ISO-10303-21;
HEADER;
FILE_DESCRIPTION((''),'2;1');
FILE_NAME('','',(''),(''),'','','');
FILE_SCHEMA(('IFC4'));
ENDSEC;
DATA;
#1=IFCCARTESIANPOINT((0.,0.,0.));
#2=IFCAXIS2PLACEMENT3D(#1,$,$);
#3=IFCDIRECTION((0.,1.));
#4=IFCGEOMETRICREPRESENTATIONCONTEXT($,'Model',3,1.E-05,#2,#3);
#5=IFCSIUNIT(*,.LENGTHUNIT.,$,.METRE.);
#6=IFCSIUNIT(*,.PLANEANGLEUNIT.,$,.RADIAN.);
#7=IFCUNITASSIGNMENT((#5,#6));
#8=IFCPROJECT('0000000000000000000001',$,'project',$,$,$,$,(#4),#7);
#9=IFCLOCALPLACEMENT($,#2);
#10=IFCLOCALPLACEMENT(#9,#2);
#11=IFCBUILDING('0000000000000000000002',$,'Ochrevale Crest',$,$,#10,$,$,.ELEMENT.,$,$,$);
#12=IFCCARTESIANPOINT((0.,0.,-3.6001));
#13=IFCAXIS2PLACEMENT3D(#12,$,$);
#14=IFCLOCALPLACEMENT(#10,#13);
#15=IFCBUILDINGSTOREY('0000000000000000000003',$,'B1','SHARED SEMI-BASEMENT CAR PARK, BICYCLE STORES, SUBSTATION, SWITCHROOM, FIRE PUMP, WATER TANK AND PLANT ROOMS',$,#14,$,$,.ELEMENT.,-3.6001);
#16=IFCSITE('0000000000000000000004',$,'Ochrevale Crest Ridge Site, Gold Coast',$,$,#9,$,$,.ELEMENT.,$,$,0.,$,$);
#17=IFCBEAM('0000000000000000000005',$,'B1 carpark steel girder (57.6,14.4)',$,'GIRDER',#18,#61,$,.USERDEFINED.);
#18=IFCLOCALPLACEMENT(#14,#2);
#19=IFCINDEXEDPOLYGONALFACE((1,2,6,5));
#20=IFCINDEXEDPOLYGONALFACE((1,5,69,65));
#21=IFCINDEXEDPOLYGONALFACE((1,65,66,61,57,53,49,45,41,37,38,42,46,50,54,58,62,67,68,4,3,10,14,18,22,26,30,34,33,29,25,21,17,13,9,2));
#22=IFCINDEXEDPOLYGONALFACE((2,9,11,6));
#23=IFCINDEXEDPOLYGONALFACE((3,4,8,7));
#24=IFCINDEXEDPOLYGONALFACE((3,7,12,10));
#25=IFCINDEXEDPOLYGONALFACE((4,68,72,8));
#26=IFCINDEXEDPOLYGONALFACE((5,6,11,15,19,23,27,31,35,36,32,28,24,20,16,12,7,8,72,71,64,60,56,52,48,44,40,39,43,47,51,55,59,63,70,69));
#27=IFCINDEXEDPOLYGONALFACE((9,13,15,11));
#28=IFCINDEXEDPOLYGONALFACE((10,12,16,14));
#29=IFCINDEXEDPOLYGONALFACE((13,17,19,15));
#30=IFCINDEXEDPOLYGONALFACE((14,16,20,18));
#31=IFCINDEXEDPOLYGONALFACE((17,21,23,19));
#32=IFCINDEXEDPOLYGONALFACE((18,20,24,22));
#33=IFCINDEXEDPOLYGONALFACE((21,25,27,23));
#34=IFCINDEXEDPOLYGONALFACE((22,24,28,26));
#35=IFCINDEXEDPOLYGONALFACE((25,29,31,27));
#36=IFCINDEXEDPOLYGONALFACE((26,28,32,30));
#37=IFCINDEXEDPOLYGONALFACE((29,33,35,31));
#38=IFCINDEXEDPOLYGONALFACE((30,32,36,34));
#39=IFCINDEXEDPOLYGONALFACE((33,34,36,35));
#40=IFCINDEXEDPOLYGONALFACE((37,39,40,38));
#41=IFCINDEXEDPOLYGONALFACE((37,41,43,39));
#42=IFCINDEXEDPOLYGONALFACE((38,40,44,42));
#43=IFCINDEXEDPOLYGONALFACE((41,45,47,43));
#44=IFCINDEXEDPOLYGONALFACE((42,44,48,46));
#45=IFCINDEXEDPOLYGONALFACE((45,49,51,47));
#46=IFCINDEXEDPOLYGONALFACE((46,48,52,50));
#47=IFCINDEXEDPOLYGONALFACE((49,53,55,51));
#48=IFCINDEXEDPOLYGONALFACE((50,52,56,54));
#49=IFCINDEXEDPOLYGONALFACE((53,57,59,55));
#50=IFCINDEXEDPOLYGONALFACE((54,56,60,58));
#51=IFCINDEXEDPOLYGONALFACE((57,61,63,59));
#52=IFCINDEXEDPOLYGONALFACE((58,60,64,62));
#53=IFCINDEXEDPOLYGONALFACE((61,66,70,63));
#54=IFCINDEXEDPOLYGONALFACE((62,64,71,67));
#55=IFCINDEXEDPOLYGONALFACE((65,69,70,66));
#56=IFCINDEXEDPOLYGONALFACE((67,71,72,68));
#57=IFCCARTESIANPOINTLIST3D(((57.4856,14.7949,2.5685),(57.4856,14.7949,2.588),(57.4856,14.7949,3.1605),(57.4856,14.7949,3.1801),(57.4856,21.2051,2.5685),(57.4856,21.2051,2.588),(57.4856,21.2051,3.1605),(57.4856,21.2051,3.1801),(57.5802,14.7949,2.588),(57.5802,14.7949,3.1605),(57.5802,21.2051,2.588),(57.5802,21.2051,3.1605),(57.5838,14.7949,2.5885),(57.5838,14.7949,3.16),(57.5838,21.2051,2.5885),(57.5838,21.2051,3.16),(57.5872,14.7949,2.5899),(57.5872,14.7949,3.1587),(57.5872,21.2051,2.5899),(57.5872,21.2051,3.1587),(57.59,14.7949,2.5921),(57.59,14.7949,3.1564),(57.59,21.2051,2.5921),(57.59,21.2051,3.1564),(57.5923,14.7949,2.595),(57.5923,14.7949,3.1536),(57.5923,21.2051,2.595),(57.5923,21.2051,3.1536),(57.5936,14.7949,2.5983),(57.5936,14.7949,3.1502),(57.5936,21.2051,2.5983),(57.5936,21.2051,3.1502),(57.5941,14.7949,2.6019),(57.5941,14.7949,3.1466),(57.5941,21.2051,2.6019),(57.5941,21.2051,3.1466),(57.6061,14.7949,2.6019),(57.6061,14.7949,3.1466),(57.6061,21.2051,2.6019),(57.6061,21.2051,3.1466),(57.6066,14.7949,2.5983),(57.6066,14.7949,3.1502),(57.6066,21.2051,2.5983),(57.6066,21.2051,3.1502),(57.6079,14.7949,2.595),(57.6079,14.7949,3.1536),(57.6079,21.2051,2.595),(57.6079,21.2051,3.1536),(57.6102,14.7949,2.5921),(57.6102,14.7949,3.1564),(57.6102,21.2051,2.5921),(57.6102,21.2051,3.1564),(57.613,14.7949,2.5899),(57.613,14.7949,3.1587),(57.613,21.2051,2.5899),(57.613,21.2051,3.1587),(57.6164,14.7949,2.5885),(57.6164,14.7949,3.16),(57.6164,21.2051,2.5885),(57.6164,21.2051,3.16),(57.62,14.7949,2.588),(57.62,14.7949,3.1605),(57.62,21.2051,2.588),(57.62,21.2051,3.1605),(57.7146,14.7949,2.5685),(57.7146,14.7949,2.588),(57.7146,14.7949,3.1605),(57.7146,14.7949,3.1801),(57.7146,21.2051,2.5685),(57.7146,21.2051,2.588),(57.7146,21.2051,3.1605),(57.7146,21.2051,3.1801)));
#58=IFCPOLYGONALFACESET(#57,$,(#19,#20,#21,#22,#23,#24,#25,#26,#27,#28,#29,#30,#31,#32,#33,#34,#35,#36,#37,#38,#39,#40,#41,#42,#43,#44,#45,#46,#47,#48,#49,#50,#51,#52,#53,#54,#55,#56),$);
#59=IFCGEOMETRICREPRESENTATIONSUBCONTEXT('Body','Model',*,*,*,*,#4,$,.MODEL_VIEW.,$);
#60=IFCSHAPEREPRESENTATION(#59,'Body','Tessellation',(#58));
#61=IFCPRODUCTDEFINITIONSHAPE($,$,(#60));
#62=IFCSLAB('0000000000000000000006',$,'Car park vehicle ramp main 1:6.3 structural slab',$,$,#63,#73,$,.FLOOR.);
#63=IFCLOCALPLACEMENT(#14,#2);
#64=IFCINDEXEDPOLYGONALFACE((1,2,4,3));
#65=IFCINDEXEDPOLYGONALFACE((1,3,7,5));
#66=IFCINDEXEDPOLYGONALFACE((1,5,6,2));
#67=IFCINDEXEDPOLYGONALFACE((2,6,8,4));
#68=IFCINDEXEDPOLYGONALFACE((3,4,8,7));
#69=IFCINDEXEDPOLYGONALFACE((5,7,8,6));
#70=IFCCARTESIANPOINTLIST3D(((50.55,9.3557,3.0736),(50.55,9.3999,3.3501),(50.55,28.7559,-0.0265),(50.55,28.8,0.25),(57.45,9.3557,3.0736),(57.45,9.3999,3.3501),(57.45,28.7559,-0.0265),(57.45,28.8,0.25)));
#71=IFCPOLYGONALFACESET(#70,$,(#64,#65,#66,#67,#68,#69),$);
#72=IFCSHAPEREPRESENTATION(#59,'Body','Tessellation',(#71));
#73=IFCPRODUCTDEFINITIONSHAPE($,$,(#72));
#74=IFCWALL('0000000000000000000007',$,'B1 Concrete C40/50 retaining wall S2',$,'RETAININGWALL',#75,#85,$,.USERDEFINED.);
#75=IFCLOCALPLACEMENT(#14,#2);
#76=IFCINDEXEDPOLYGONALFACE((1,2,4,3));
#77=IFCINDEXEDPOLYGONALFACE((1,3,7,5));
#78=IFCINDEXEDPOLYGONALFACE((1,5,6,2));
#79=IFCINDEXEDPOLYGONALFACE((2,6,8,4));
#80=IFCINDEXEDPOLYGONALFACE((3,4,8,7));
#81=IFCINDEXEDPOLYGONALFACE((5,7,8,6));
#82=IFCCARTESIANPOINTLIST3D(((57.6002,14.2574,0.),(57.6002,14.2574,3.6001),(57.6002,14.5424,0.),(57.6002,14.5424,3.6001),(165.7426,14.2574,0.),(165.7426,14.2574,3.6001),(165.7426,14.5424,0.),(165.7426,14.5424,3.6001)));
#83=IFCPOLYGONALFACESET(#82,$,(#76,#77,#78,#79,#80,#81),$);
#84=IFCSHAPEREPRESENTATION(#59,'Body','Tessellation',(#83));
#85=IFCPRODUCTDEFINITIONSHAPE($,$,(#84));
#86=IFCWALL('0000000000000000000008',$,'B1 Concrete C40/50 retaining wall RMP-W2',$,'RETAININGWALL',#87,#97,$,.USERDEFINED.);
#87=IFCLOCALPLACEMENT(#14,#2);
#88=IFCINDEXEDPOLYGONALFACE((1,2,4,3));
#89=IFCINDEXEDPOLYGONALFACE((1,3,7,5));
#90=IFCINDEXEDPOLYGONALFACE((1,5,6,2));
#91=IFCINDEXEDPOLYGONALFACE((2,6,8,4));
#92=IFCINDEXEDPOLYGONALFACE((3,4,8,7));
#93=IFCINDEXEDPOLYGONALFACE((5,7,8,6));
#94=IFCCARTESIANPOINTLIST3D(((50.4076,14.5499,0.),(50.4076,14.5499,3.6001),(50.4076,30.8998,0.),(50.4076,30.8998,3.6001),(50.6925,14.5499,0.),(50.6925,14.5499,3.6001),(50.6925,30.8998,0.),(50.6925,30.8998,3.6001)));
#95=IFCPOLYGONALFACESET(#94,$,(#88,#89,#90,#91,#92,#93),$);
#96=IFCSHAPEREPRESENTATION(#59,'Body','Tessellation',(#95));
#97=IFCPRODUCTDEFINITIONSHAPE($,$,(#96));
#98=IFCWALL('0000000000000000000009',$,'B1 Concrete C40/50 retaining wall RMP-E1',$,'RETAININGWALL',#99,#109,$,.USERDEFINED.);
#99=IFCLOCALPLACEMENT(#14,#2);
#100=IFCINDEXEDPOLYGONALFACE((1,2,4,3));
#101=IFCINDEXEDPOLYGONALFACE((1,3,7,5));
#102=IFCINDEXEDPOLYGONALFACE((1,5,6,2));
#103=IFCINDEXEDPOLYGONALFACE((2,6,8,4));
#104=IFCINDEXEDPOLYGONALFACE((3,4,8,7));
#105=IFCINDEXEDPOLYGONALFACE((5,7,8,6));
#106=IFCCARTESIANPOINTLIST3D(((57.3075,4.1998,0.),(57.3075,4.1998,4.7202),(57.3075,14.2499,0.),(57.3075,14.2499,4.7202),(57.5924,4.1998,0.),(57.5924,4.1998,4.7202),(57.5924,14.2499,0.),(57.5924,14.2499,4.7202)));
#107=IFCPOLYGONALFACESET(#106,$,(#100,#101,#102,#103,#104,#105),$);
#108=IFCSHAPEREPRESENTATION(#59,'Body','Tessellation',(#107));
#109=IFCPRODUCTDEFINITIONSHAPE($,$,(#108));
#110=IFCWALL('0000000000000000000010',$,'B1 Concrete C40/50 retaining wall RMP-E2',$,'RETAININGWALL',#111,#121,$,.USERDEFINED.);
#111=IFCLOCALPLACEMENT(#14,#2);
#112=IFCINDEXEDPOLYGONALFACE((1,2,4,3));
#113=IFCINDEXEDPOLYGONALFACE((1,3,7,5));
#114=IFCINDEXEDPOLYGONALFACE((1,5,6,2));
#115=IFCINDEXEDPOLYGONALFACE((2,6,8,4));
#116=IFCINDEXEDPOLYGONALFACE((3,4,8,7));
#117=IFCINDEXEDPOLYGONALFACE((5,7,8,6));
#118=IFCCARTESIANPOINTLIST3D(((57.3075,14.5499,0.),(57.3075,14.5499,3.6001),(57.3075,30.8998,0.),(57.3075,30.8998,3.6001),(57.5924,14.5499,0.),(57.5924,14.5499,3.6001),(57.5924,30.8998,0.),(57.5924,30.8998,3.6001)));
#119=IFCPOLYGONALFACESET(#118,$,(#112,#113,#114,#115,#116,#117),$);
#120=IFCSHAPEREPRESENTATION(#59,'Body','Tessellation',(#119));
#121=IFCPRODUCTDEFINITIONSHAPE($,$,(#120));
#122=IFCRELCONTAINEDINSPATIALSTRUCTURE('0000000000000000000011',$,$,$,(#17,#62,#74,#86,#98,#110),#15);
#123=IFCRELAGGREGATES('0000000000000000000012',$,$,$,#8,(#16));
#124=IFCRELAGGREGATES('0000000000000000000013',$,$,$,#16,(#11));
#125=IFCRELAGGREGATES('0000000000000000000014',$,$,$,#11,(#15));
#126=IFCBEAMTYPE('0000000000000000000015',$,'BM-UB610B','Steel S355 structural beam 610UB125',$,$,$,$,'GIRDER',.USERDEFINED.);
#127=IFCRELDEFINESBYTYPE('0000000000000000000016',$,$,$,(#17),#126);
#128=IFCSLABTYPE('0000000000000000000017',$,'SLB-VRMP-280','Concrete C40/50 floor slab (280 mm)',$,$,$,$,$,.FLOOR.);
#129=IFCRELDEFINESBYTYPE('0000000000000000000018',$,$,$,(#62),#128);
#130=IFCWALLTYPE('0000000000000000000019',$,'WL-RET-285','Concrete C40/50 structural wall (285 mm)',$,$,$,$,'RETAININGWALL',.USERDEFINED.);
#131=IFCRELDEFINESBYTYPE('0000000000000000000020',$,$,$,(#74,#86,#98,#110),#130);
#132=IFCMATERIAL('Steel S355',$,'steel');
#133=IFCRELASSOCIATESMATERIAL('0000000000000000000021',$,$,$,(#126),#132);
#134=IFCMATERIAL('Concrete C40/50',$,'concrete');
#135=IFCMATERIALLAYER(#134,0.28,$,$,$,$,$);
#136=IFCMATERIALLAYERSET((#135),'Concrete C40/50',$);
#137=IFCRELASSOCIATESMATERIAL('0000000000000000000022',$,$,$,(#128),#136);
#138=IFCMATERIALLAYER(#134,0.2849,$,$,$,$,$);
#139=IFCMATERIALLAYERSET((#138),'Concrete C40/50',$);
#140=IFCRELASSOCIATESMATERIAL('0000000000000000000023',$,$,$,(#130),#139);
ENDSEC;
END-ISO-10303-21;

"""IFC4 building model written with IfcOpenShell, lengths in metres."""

from ifc_helpers import new_model, si_unit, direction, frame, frame_2d, origin, origin_2d, place, context, subcontext, project, spatial, polyline, rectangle, i_section, outline, extrude, material, layer, layer_set, material_profile, profile_set, type_object, element, save


model = new_model("IFC4")

# Units and contexts
model_context = context("Model", 3, precision=1e-05, world=origin(), true_north=direction((0.0, 1.0)))
body_context = subcontext(model_context, "Body", "Model", "MODEL_VIEW")
ifc_project = project(units=[si_unit("LENGTHUNIT", "METRE"), si_unit("PLANEANGLEUNIT", "RADIAN")], contexts=[model_context])

# Site, building, storey
site_placement = place(None, origin())
site = spatial("IfcSite", under=ifc_project, at=site_placement, Name="Ochrevale Crest Ridge Site, Gold Coast", CompositionType="ELEMENT", RefElevation=0.0)
building_placement = place(site_placement, origin())
building = spatial("IfcBuilding", under=site, at=building_placement, Name="Ochrevale Crest", CompositionType="ELEMENT")
storey_placement = place(building_placement, frame((0.0, 0.0, -3.6001)))
storey = spatial("IfcBuildingStorey", under=building, at=storey_placement, Name="B1", Description="SHARED SEMI-BASEMENT CAR PARK, BICYCLE STORES, SUBSTATION, SWITCHROOM, FIRE PUMP, WATER TANK AND PLANT ROOMS", CompositionType="ELEMENT", Elevation=-3.6001)

# Shared definitions
ifc_material_1 = material(Name="Concrete C40/50", Category="concrete")

# Beam
ifc_material_2 = material(Name="Steel S355", Category="steel")
ifc_material_profile_1 = material_profile(ifc_material_2, i_section(OverallWidth=0.229, OverallDepth=0.6116, WebThickness=0.012, FlangeThickness=0.0195, FilletRadius=0.0139, at=origin_2d()), Name="610UB125")
ifc_profile_set_1 = profile_set([ifc_material_profile_1], Name="Steel S355")
beam_type_1 = type_object("IfcBeamType", Name="BM-UB610B", Description="Steel S355 structural beam 610UB125", ElementType="GIRDER", PredefinedType="USERDEFINED", material=ifc_profile_set_1)
beam_placement = place(storey_placement, frame((57.6001, 14.7949, 2.8743), z_axis=(0.0, 1.0, 0.0), x_axis=(-1.0, 0.0, 0.0)))
element("IfcBeam", 1, at=beam_placement, inside=storey, type_object=beam_type_1, Name="B1 carpark steel girder (57.6,14.4)", ObjectType="GIRDER", PredefinedType="USERDEFINED", context=body_context, shape_type="SweptSolid", body=[
    extrude(i_section(OverallWidth=0.229, OverallDepth=0.6116, WebThickness=0.012, FlangeThickness=0.0195, FilletRadius=0.0139, at=origin_2d()), origin(), (0.0, 0.0, 1.0), 6.4102),
])

# Slab
ifc_layer_1 = layer(ifc_material_1, 0.28)
ifc_layer_set_1 = layer_set([ifc_layer_1], Name="Concrete C40/50")
slab_type = type_object("IfcSlabType", Name="SLB-VRMP-280", Description="Concrete C40/50 floor slab (280 mm)", PredefinedType="FLOOR", material=ifc_layer_set_1)
slab_placement = place(storey_placement, frame((50.55, 9.3999, 3.3501), z_axis=(0.0, 0.157796, 0.987472), x_axis=(1.0, 0.0, 0.0)))
element("IfcSlab", 2, at=slab_placement, inside=storey, type_object=slab_type, Name="Car park vehicle ramp main 1:6.3 structural slab", PredefinedType="FLOOR", context=body_context, shape_type="SweptSolid", body=[
    extrude(outline(polyline([(0.0, 0.0), (6.8999, 0.0), (6.8999, 19.6463), (0.0, 19.6463), (0.0, 0.0)])), origin(), (0.0, 0.0, -1.0), 0.28),
])

# Walls
ifc_layer_2 = layer(ifc_material_1, 0.2849)
ifc_layer_set_2 = layer_set([ifc_layer_2], Name="Concrete C40/50")
wall_type = type_object("IfcWallType", Name="WL-RET-285", Description="Concrete C40/50 structural wall (285 mm)", ElementType="RETAININGWALL", PredefinedType="USERDEFINED", material=ifc_layer_set_2)
wall_1_placement = place(storey_placement, frame((57.6001, 14.3999, 0.0), z_axis=(0.0, 0.0, 1.0), x_axis=(1.0, 0.0, 0.0)))
element("IfcWall", 3, at=wall_1_placement, inside=storey, type_object=wall_type, Name="B1 Concrete C40/50 retaining wall S2", ObjectType="RETAININGWALL", PredefinedType="USERDEFINED", context=body_context, shape_type="SweptSolid", body=[
    extrude(rectangle(XDim=108.1423, YDim=0.2849, at=frame_2d((54.0713, 0.0))), origin(), (0.0, 0.0, 1.0), 3.6001),
])
wall_2_placement = place(storey_placement, frame((50.55, 14.55, 0.0), z_axis=(0.0, 0.0, 1.0), x_axis=(0.0, 1.0, 0.0)))
element("IfcWall", 4, at=wall_2_placement, inside=storey, type_object=wall_type, Name="B1 Concrete C40/50 retaining wall RMP-W2", ObjectType="RETAININGWALL", PredefinedType="USERDEFINED", context=body_context, shape_type="SweptSolid", body=[
    extrude(rectangle(XDim=16.3499, YDim=0.2849, at=frame_2d((8.1748, 0.0))), origin(), (0.0, 0.0, 1.0), 3.6001),
])
wall_3_placement = place(storey_placement, frame((57.45, 4.2, 0.0), z_axis=(0.0, 0.0, 1.0), x_axis=(0.0, 1.0, 0.0)))
element("IfcWall", 5, at=wall_3_placement, inside=storey, type_object=wall_type, Name="B1 Concrete C40/50 retaining wall RMP-E1", ObjectType="RETAININGWALL", PredefinedType="USERDEFINED", context=body_context, shape_type="SweptSolid", body=[
    extrude(rectangle(XDim=10.05, YDim=0.2849, at=frame_2d((5.0249, 0.0))), origin(), (0.0, 0.0, 1.0), 4.7202),
])
wall_4_placement = place(storey_placement, frame((57.45, 14.55, 0.0), z_axis=(0.0, 0.0, 1.0), x_axis=(0.0, 1.0, 0.0)))
element("IfcWall", 6, at=wall_4_placement, inside=storey, type_object=wall_type, Name="B1 Concrete C40/50 retaining wall RMP-E2", ObjectType="RETAININGWALL", PredefinedType="USERDEFINED", context=body_context, shape_type="SweptSolid", body=[
    extrude(rectangle(XDim=16.3499, YDim=0.2849, at=frame_2d((8.1748, 0.0))), origin(), (0.0, 0.0, 1.0), 3.6001),
])

save(model, "model.ifc")
